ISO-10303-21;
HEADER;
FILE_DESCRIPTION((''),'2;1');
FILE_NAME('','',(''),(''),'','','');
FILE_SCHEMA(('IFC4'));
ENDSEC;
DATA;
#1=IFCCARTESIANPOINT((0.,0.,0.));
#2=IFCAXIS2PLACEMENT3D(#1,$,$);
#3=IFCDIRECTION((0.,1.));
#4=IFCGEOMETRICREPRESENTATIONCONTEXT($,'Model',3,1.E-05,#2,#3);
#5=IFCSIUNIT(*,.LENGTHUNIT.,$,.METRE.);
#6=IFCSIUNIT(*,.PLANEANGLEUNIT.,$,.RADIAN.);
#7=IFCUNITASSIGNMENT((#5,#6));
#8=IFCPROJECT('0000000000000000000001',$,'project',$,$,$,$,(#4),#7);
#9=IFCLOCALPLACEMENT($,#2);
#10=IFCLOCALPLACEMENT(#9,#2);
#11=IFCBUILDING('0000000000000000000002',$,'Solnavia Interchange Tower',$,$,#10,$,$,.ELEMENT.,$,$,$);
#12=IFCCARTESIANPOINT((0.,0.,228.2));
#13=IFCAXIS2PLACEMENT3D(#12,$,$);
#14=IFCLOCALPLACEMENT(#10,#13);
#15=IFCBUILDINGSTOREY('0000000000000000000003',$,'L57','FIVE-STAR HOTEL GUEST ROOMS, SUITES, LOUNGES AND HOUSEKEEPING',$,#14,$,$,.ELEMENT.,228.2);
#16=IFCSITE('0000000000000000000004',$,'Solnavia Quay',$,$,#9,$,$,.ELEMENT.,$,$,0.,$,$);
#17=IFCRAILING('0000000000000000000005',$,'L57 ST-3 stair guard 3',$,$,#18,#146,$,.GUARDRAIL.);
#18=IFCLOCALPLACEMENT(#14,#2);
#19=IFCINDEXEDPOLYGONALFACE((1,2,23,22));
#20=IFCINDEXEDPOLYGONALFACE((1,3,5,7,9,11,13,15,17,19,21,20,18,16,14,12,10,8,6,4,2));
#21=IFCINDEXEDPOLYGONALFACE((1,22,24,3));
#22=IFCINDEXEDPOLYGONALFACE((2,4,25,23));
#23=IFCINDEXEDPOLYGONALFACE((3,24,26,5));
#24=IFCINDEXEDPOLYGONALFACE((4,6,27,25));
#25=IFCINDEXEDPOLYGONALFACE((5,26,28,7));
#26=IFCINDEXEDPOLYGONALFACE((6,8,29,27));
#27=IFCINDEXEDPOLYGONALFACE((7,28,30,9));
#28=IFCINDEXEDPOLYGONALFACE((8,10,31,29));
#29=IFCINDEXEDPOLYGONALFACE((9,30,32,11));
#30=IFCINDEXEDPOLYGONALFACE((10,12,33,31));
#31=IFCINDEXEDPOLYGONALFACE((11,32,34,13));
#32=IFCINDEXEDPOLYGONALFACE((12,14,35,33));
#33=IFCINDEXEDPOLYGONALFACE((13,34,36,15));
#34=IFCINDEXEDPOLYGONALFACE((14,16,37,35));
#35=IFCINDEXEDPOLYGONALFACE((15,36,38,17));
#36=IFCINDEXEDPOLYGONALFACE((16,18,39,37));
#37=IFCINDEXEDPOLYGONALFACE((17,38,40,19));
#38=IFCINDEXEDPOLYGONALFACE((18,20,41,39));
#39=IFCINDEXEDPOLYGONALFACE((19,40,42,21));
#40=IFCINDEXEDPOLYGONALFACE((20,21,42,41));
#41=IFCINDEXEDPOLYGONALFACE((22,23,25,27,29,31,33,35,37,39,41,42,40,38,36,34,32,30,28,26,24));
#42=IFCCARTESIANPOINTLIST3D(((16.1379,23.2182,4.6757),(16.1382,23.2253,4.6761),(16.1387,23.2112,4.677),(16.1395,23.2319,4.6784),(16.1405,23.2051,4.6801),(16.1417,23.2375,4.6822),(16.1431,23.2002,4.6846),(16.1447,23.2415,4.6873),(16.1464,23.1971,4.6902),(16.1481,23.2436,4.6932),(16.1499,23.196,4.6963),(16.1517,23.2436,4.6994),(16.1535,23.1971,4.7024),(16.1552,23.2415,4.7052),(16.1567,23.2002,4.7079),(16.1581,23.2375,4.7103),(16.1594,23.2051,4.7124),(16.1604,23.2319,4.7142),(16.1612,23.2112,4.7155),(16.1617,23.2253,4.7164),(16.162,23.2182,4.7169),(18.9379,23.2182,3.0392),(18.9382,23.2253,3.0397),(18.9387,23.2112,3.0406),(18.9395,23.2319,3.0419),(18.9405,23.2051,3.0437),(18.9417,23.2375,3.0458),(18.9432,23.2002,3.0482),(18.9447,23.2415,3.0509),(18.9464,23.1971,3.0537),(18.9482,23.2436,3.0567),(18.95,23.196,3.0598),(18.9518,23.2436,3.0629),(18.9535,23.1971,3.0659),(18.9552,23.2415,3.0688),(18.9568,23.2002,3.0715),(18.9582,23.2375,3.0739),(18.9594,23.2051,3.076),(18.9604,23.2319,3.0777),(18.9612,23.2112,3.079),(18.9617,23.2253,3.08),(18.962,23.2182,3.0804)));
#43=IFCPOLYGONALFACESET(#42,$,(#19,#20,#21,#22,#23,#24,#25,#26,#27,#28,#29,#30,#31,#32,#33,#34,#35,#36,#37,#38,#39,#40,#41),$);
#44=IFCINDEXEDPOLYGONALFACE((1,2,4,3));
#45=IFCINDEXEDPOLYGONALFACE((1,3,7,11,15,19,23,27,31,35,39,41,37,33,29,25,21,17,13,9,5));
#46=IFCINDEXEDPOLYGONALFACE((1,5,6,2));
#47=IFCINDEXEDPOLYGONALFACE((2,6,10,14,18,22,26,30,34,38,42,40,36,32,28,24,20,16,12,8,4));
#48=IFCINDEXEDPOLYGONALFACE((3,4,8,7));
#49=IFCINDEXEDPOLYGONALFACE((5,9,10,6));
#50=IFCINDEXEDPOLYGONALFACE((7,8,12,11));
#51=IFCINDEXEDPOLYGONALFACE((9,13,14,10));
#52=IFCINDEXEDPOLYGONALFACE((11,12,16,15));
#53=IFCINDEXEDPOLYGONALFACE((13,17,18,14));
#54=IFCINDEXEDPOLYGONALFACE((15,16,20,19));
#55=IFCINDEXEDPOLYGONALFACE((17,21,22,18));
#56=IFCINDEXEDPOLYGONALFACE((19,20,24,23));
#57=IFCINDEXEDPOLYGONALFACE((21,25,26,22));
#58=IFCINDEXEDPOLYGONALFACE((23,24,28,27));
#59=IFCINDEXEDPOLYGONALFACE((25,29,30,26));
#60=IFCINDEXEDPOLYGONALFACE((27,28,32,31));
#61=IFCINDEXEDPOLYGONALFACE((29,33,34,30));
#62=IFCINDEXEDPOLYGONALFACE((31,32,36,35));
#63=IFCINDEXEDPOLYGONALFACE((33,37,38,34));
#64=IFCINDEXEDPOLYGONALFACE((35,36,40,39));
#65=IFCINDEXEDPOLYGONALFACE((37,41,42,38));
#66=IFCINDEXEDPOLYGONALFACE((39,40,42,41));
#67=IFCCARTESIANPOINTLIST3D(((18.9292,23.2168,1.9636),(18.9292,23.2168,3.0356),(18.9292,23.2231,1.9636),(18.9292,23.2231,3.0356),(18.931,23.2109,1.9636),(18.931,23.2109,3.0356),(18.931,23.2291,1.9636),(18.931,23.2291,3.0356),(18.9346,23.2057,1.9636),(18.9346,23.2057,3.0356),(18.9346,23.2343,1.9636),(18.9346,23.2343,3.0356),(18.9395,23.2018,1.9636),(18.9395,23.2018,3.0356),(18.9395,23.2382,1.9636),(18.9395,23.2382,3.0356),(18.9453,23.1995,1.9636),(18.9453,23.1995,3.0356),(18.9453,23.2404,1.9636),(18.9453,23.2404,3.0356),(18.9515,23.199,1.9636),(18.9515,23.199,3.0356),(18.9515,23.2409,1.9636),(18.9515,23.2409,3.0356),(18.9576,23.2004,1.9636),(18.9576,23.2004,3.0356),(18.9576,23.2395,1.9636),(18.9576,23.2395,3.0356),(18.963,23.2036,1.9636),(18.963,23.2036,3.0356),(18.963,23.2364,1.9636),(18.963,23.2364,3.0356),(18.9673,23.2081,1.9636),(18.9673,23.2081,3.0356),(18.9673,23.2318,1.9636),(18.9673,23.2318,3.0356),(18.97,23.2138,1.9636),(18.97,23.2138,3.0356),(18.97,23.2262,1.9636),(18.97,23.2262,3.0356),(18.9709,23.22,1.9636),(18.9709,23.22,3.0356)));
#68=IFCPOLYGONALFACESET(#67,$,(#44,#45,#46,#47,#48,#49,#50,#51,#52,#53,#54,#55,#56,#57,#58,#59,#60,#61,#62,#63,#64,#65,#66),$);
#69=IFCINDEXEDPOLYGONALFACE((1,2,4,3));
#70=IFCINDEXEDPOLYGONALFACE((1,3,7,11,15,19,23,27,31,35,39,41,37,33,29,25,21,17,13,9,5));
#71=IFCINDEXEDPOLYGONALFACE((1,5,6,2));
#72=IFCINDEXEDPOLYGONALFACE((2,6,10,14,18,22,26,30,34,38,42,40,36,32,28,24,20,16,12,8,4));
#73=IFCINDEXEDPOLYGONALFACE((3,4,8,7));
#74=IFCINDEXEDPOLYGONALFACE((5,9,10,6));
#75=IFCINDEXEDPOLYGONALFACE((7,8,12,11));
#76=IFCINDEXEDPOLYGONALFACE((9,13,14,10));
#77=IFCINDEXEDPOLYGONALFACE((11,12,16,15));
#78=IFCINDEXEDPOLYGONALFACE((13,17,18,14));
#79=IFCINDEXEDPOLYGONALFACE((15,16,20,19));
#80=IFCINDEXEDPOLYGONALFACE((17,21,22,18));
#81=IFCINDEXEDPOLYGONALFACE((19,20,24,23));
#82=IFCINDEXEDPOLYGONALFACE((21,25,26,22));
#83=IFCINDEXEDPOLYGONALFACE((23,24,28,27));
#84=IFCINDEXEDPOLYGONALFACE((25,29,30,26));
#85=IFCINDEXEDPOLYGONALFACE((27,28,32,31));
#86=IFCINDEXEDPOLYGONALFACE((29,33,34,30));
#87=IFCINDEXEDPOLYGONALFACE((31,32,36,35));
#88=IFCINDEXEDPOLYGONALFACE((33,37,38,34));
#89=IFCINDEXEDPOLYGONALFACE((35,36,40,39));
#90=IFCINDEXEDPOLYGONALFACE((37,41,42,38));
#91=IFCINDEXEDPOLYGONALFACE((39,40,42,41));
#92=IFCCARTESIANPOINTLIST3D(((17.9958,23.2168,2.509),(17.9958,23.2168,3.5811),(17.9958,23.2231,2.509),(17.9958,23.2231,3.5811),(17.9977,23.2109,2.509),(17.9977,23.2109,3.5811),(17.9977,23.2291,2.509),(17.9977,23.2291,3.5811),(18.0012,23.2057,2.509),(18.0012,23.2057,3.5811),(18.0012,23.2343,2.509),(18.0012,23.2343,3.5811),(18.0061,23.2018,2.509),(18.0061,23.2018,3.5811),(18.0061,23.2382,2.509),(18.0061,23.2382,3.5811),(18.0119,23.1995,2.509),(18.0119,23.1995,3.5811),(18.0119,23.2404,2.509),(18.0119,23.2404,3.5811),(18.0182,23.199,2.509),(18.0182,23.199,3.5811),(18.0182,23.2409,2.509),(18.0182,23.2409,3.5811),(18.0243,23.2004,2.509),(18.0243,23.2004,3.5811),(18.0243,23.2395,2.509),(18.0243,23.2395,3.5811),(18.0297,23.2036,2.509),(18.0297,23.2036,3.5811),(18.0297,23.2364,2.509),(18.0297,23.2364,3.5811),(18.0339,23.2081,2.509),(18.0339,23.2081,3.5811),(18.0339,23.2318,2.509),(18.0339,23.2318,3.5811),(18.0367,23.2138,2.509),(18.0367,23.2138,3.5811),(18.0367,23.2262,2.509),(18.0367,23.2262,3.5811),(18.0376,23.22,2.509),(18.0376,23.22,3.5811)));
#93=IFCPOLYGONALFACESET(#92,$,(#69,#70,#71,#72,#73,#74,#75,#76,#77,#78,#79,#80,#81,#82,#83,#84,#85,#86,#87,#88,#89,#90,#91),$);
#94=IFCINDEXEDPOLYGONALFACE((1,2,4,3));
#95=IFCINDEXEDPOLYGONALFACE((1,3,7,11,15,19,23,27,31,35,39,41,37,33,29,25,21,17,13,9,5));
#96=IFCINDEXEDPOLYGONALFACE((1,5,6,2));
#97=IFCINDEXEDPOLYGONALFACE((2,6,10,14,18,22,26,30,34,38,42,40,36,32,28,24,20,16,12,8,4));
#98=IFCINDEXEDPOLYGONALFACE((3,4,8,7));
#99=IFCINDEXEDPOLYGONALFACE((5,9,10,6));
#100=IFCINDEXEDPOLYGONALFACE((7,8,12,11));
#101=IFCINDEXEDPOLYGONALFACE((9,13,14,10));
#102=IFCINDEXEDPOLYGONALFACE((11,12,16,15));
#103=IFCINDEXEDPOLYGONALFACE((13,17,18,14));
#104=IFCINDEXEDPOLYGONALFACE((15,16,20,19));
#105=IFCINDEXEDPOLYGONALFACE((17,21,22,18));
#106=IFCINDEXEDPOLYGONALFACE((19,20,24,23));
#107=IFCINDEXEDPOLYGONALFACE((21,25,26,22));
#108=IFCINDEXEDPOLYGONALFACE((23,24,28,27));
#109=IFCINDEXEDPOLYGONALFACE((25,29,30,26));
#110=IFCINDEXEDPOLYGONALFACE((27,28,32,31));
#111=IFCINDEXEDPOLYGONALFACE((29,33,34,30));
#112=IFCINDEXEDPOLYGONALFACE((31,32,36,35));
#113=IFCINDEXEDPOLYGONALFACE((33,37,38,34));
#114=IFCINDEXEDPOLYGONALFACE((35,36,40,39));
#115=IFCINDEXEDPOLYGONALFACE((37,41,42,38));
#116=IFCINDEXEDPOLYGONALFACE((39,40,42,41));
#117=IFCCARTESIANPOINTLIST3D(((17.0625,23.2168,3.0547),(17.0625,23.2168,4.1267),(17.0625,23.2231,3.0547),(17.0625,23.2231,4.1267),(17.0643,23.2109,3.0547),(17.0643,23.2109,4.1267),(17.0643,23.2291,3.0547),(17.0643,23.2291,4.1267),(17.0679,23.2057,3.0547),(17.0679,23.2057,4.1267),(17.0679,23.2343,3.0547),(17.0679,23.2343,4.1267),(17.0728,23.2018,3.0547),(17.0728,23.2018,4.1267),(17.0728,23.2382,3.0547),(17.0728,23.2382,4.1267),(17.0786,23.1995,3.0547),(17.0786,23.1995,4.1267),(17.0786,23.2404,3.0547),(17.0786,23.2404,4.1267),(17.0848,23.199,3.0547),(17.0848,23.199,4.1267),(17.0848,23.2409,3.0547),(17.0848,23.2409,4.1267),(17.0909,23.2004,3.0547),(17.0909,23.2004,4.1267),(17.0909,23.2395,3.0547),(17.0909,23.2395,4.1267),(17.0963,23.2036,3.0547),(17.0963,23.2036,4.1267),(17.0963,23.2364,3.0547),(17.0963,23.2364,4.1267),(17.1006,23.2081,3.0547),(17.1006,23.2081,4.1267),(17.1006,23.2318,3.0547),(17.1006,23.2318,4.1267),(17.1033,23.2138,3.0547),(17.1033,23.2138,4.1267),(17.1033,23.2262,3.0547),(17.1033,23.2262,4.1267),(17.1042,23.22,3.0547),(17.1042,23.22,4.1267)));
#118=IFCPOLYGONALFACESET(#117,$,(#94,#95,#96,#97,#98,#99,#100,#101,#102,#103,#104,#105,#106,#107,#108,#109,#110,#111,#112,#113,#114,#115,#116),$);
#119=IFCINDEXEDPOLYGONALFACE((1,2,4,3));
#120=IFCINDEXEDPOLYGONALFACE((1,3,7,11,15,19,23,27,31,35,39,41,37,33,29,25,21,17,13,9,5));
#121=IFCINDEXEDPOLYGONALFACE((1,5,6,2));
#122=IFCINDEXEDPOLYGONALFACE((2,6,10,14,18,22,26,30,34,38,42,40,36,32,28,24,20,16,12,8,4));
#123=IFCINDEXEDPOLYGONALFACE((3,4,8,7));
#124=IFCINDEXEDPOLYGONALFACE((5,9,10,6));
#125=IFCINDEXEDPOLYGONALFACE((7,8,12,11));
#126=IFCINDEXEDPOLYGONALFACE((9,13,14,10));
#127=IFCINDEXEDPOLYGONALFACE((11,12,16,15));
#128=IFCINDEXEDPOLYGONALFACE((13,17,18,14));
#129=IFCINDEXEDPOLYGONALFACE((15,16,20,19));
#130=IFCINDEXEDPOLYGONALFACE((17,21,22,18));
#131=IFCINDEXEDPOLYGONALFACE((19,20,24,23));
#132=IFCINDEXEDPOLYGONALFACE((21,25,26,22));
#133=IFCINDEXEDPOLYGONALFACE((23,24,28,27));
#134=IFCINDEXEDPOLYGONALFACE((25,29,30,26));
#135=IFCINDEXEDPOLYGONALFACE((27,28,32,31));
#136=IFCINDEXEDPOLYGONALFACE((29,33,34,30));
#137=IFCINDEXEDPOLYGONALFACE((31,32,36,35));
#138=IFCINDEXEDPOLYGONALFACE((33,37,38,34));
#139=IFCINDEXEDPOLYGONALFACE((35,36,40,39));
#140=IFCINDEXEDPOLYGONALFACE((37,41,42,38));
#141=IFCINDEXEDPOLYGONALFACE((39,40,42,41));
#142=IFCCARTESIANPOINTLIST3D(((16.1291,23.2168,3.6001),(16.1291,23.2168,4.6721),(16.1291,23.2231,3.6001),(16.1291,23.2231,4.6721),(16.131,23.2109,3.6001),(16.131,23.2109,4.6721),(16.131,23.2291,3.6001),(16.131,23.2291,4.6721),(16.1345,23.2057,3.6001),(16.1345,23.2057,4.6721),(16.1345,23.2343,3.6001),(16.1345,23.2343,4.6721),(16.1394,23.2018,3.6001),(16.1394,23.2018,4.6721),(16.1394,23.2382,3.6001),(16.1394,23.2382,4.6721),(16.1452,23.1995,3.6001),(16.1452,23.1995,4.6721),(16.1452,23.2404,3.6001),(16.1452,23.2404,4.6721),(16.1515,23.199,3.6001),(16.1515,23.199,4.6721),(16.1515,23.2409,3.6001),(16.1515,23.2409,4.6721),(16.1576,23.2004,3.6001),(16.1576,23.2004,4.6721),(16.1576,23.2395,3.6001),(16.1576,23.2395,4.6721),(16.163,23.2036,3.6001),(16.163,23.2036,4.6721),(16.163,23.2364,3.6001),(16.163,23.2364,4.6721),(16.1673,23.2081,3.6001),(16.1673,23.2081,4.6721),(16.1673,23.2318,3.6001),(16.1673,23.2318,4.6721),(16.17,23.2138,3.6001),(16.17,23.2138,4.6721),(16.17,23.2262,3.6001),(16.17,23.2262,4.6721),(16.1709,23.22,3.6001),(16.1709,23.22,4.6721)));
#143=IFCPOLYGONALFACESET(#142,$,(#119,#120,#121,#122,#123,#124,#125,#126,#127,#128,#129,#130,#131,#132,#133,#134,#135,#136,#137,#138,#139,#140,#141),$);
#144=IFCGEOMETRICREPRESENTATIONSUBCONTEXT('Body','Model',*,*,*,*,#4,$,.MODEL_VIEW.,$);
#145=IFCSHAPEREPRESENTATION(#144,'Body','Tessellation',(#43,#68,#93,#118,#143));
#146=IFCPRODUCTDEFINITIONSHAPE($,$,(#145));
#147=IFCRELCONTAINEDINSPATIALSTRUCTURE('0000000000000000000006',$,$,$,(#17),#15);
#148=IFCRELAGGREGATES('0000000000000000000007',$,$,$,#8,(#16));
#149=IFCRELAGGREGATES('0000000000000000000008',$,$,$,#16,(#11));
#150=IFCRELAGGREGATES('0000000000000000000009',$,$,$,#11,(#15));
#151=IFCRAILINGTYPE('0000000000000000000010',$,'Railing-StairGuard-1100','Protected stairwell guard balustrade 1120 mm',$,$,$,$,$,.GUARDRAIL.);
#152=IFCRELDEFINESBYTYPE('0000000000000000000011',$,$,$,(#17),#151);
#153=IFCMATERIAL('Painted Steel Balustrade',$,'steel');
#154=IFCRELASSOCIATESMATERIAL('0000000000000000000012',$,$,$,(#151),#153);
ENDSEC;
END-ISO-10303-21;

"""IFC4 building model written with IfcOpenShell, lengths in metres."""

from ifc_helpers import new_model, si_unit, direction, frame, origin, origin_2d, place, context, subcontext, project, spatial, circle, extrude, material, type_object, element, save


model = new_model("IFC4")

# Units and contexts
model_context = context("Model", 3, precision=1e-05, world=origin(), true_north=direction((0.0, 1.0)))
body_context = subcontext(model_context, "Body", "Model", "MODEL_VIEW")
ifc_project = project(units=[si_unit("LENGTHUNIT", "METRE"), si_unit("PLANEANGLEUNIT", "RADIAN")], contexts=[model_context])

# Site, building, storey
site_placement = place(None, origin())
site = spatial("IfcSite", under=ifc_project, at=site_placement, Name="Solnavia Quay", CompositionType="ELEMENT", RefElevation=0.0)
building_placement = place(site_placement, origin())
building = spatial("IfcBuilding", under=site, at=building_placement, Name="Solnavia Interchange Tower", CompositionType="ELEMENT")
storey_placement = place(building_placement, frame((0.0, 0.0, 228.2)))
storey = spatial("IfcBuildingStorey", under=building, at=storey_placement, Name="L57", Description="FIVE-STAR HOTEL GUEST ROOMS, SUITES, LOUNGES AND HOUSEKEEPING", CompositionType="ELEMENT", Elevation=228.2)

# Railing
ifc_material_1 = material(Name="Painted Steel Balustrade", Category="steel")
railing_type_1 = type_object("IfcRailingType", Name="Railing-StairGuard-1100", Description="Protected stairwell guard balustrade 1120 mm", PredefinedType="GUARDRAIL", material=ifc_material_1)
railing_1_placement = place(storey_placement, frame((18.95, 23.22, 1.9636)))
element("IfcRailing", 1, at=railing_1_placement, inside=storey, type_object=railing_type_1, Name="L57 ST-3 stair guard 3", PredefinedType="GUARDRAIL", context=body_context, shape_type="SweptSolid", body=[
    extrude(circle(Radius=0.0239, at=origin_2d()), frame((0.0, 0.0, 1.0962), z_axis=(-0.863361, 0.0, 0.504587), x_axis=(0.0, -1.0, 0.0)), (0.0, 0.0, 1.0), 3.2432),
    extrude(circle(Radius=0.021, at=origin_2d()), origin(), (0.0, 0.0, 1.0), 1.072),
    extrude(circle(Radius=0.021, at=origin_2d()), frame((-0.9333, 0.0, 0.5454)), (0.0, 0.0, 1.0), 1.072),
    extrude(circle(Radius=0.021, at=origin_2d()), frame((-1.8667, 0.0, 1.0911)), (0.0, 0.0, 1.0), 1.072),
    extrude(circle(Radius=0.021, at=origin_2d()), frame((-2.8, 0.0, 1.6365)), (0.0, 0.0, 1.0), 1.072),
])

save(model, "model.ifc")
